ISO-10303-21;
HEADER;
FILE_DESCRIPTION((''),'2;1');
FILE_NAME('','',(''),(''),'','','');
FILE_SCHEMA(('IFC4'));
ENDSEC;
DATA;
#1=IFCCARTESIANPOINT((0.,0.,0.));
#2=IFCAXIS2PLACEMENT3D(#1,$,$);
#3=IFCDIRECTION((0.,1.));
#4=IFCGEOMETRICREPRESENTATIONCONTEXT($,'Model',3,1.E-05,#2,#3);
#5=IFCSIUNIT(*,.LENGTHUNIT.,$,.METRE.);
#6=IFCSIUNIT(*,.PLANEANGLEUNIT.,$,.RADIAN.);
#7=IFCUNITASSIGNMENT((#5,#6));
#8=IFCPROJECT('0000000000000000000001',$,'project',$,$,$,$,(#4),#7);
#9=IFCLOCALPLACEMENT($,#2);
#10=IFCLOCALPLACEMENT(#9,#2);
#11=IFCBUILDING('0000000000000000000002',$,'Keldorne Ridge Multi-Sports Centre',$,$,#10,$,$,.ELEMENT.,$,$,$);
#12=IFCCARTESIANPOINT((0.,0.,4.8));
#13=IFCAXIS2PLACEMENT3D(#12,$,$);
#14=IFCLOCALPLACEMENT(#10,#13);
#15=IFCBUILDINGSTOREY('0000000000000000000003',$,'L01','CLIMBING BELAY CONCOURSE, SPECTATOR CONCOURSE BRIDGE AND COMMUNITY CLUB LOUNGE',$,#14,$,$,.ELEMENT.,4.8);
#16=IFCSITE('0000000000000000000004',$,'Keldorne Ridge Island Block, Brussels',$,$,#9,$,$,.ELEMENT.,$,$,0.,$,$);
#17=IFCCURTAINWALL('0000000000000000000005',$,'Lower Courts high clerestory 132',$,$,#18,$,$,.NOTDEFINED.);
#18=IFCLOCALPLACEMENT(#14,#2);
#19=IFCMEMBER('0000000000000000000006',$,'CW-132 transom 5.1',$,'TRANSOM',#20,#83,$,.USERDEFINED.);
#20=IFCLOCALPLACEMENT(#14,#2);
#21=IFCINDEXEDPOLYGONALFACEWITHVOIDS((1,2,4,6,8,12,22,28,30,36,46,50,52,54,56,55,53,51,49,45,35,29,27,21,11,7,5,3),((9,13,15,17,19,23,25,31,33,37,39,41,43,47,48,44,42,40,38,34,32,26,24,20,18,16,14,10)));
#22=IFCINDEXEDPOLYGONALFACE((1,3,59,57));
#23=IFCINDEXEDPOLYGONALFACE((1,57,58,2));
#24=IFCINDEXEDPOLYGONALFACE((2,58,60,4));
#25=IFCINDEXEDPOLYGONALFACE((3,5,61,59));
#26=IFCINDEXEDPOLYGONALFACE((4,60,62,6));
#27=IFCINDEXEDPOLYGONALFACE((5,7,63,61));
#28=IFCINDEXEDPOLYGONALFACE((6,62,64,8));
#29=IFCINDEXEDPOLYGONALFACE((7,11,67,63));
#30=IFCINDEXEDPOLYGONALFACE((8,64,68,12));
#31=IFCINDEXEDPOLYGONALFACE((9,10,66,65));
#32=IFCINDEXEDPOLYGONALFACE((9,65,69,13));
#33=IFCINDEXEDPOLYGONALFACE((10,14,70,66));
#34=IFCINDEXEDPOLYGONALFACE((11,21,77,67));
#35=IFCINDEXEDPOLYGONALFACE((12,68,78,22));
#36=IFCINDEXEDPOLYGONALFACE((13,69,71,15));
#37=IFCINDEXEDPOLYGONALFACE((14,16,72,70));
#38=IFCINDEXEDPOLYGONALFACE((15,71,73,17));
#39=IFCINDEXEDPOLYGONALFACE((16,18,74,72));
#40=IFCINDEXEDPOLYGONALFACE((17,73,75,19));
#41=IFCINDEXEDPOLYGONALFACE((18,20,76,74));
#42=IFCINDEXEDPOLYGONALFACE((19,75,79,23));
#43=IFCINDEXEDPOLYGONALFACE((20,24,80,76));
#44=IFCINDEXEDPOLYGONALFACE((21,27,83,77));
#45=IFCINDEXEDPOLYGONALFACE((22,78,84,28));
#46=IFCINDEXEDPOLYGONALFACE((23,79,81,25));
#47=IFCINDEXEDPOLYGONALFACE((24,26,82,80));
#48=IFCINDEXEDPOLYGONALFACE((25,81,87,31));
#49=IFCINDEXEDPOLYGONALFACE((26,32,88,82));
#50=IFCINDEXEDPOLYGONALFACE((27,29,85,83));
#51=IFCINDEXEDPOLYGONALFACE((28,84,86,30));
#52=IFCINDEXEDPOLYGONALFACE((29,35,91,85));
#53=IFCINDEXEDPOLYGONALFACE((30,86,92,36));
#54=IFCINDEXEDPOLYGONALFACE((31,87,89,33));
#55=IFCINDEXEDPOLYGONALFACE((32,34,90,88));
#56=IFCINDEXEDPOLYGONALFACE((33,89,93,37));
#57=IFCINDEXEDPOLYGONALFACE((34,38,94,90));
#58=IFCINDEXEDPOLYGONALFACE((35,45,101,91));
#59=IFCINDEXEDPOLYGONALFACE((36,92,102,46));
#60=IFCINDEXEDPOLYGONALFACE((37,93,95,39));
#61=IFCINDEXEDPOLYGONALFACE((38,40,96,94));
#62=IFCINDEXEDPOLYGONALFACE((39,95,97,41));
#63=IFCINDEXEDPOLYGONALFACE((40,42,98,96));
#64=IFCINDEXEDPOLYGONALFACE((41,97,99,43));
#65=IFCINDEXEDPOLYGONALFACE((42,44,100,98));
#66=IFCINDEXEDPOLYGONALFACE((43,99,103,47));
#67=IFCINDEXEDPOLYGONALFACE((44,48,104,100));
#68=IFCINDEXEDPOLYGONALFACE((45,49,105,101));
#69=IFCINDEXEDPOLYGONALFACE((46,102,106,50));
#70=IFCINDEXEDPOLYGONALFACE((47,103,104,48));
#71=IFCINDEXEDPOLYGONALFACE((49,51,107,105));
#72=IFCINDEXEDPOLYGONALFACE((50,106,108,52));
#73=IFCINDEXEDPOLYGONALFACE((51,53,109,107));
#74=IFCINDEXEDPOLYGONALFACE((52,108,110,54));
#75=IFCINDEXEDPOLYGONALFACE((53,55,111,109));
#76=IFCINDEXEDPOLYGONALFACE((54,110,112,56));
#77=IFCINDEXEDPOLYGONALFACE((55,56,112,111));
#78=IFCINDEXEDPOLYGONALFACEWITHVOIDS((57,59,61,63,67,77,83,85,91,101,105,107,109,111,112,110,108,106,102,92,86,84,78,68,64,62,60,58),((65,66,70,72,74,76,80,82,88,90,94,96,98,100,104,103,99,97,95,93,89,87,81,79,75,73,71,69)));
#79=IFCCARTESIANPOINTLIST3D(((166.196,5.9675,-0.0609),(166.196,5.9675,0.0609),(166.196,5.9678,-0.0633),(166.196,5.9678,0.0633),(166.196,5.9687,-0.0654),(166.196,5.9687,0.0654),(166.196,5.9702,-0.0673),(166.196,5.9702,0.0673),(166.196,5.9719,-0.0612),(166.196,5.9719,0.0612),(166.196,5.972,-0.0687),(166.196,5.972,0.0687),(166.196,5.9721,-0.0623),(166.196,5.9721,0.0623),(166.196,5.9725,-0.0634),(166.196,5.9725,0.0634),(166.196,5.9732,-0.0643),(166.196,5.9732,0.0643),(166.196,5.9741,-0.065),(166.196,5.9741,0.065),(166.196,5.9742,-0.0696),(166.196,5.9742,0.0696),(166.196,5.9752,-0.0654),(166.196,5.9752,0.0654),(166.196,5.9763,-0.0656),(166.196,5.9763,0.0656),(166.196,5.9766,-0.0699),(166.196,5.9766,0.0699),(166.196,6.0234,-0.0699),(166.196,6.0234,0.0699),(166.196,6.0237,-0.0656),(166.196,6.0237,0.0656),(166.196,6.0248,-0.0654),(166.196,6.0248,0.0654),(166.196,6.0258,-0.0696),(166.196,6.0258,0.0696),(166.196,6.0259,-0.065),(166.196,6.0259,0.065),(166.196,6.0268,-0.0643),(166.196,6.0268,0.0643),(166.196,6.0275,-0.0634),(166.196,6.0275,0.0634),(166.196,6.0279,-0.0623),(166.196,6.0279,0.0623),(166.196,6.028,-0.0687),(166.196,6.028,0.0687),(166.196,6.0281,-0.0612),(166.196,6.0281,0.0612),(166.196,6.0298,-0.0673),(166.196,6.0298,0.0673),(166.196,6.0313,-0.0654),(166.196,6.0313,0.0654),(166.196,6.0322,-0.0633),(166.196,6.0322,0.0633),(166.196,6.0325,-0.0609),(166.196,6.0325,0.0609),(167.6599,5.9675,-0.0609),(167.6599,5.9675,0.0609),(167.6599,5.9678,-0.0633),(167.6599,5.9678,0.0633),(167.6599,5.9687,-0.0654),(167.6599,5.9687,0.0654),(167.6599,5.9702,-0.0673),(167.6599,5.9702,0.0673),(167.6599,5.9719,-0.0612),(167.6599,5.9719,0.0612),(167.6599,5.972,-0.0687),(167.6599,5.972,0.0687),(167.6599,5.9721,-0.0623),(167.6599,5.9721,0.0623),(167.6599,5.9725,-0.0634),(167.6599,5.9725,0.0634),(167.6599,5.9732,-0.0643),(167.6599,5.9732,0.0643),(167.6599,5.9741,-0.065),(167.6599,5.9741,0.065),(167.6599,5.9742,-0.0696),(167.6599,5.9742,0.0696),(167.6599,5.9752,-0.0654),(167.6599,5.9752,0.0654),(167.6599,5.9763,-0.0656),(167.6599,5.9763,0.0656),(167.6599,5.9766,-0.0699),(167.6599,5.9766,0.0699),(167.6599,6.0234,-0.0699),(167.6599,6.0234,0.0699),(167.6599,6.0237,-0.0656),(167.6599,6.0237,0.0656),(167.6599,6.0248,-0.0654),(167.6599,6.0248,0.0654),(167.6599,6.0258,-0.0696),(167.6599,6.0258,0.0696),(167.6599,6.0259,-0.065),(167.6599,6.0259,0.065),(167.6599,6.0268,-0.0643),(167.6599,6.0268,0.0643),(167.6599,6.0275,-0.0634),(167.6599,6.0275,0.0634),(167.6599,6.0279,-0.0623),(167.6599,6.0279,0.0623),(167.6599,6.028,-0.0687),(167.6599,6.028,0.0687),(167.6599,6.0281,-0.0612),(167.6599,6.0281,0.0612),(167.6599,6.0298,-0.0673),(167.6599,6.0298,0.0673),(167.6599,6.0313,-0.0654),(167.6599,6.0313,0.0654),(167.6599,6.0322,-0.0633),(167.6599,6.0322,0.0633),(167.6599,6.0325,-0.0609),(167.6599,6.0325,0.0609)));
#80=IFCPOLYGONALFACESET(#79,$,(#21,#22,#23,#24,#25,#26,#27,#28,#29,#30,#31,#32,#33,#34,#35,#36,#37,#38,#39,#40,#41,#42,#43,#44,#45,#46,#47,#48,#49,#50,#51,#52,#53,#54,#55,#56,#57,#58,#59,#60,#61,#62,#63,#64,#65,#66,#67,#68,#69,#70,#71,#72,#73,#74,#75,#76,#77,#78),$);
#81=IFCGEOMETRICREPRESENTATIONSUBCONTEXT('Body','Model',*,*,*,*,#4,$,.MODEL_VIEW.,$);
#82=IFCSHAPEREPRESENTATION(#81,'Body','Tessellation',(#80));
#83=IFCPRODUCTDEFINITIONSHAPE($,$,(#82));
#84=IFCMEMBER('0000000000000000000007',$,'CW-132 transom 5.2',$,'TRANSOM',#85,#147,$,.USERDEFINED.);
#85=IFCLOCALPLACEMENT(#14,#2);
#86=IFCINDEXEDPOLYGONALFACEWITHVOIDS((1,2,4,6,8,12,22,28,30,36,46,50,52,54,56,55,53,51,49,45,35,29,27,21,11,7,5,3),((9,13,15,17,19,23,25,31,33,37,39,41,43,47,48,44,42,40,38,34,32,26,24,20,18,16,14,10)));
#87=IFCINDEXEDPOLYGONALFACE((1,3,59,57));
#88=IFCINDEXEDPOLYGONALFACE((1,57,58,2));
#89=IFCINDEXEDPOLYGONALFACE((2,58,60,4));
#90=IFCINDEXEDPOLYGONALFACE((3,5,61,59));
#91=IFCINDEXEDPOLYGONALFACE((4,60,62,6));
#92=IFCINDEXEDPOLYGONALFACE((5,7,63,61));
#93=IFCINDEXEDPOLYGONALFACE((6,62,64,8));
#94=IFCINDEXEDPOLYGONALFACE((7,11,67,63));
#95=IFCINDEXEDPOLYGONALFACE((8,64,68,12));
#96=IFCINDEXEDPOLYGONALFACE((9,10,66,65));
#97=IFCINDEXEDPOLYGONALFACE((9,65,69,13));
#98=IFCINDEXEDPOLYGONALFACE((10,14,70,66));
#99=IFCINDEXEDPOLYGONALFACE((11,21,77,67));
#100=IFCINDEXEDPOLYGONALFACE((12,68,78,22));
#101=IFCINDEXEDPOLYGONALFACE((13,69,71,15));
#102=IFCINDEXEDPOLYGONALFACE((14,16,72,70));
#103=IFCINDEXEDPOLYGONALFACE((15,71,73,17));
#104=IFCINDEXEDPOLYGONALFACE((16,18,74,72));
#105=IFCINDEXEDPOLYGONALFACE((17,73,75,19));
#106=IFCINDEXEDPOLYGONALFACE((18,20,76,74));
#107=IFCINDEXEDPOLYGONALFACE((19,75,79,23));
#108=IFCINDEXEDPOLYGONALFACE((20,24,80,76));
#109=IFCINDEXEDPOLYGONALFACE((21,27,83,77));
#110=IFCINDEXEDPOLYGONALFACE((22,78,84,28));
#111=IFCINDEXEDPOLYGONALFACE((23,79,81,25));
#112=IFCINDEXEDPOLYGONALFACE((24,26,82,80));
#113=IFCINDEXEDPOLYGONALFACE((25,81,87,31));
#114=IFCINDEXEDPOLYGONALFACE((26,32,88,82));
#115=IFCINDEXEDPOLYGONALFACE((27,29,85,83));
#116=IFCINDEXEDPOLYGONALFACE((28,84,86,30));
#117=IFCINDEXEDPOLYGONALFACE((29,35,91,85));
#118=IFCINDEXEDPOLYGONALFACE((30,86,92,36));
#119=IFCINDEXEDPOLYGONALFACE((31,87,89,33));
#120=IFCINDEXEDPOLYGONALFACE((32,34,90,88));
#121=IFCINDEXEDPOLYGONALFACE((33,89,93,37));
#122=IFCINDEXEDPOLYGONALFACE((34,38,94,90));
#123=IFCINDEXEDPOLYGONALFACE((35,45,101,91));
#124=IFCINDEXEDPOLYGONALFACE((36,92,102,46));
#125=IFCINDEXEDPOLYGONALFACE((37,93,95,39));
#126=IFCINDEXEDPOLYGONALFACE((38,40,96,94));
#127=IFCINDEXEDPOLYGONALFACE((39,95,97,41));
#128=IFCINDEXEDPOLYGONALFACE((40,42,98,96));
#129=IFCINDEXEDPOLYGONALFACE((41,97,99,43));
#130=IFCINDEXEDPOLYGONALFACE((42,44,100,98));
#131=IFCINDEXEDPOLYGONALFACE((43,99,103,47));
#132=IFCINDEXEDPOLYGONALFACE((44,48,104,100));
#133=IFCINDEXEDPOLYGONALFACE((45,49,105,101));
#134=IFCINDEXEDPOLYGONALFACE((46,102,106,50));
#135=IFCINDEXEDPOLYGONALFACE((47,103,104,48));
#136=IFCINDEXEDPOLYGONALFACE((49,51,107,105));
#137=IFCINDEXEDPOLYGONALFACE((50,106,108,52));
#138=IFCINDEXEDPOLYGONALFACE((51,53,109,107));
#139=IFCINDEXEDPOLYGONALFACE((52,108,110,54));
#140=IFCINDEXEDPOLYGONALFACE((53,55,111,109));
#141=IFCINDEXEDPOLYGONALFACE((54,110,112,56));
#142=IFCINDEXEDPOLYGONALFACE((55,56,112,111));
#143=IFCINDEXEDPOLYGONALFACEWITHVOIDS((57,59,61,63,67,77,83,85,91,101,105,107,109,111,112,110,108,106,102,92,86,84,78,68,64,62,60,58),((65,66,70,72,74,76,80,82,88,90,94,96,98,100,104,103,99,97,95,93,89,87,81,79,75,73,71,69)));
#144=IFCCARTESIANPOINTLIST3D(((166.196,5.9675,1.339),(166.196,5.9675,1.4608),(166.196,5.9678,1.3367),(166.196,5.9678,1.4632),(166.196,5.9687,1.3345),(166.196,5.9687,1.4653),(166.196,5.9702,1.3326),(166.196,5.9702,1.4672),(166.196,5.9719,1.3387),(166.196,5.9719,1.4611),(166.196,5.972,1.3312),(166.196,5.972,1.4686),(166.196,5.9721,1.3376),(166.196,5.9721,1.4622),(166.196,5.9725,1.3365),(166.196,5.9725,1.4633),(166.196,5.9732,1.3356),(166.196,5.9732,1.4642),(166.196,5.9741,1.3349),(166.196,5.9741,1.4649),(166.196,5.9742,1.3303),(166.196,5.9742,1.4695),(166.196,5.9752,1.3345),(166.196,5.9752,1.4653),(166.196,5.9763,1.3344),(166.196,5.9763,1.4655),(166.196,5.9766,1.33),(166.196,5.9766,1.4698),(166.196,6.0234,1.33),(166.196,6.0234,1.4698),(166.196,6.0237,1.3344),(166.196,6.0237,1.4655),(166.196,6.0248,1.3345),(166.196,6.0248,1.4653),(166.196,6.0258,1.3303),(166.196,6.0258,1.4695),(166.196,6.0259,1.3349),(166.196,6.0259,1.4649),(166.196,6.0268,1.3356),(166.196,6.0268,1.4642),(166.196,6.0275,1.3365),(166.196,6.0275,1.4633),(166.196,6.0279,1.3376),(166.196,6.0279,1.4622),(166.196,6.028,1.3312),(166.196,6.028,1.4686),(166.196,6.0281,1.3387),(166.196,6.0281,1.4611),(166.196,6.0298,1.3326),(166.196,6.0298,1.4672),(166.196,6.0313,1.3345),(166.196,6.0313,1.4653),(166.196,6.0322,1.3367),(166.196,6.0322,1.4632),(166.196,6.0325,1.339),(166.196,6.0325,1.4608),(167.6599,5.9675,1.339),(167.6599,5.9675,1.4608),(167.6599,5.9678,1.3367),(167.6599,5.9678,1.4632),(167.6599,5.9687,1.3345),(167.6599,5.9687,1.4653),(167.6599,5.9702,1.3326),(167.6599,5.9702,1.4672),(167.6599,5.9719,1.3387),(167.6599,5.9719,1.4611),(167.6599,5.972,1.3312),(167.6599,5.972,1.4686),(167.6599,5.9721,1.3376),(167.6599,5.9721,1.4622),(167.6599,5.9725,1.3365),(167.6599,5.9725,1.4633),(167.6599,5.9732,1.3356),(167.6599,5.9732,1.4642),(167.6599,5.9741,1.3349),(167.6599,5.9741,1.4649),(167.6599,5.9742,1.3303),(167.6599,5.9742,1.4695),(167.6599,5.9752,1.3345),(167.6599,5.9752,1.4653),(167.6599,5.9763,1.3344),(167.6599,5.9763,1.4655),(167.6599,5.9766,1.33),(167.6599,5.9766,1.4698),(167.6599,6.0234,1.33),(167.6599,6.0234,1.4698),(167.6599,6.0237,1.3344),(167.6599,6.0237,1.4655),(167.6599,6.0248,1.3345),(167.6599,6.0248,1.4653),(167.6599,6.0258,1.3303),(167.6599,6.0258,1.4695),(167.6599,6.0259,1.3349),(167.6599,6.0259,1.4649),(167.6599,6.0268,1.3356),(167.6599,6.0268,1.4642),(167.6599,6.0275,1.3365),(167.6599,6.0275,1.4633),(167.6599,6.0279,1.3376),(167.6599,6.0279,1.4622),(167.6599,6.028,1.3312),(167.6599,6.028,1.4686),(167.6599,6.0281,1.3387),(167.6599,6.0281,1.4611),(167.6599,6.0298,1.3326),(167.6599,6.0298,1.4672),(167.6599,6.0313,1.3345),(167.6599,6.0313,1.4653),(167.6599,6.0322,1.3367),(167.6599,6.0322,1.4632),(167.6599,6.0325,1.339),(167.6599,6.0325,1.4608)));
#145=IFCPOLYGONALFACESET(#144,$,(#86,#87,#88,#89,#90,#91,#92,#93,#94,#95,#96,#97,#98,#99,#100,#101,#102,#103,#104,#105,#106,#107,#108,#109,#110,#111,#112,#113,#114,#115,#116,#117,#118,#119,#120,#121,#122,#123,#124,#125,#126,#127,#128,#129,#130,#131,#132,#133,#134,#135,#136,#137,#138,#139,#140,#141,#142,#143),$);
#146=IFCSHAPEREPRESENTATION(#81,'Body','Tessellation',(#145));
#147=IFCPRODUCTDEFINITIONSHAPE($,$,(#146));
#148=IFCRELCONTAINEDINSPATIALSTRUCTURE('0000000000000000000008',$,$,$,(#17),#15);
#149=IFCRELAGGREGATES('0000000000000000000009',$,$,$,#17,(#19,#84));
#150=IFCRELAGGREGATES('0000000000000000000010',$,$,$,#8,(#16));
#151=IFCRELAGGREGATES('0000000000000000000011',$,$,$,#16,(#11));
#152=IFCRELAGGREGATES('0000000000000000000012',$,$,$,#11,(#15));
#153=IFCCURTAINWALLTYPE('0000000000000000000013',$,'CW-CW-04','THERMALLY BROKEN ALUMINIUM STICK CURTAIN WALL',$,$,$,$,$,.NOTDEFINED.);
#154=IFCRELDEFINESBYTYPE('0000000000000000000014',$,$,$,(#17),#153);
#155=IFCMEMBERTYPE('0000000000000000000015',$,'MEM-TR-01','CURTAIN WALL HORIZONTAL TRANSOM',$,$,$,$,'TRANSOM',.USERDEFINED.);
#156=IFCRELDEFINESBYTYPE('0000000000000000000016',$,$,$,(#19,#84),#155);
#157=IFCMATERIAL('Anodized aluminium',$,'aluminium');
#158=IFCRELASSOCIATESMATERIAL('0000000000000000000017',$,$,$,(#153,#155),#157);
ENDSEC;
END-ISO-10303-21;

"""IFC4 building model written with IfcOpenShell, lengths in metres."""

from ifc_helpers import new_model, si_unit, direction, frame, origin, origin_2d, place, context, subcontext, project, spatial, hollow_rectangle, extrude, material, material_profile, profile_set, type_object, element, aggregate, save


model = new_model("IFC4")

# Units and contexts
model_context = context("Model", 3, precision=1e-05, world=origin(), true_north=direction((0.0, 1.0)))
body_context = subcontext(model_context, "Body", "Model", "MODEL_VIEW")
ifc_project = project(units=[si_unit("LENGTHUNIT", "METRE"), si_unit("PLANEANGLEUNIT", "RADIAN")], contexts=[model_context])

# Site, building, storey
site_placement = place(None, origin())
site = spatial("IfcSite", under=ifc_project, at=site_placement, Name="Keldorne Ridge Island Block, Brussels", CompositionType="ELEMENT", RefElevation=0.0)
building_placement = place(site_placement, origin())
building = spatial("IfcBuilding", under=site, at=building_placement, Name="Keldorne Ridge Multi-Sports Centre", CompositionType="ELEMENT")
storey_placement = place(building_placement, frame((0.0, 0.0, 4.8)))
storey = spatial("IfcBuildingStorey", under=building, at=storey_placement, Name="L01", Description="CLIMBING BELAY CONCOURSE, SPECTATOR CONCOURSE BRIDGE AND COMMUNITY CLUB LOUNGE", CompositionType="ELEMENT", Elevation=4.8)

# Curtain wall, members
ifc_material_1 = material(Name="Anodized aluminium", Category="aluminium")
curtain_wall_type = type_object("IfcCurtainWallType", Name="CW-CW-04", Description="THERMALLY BROKEN ALUMINIUM STICK CURTAIN WALL", PredefinedType="NOTDEFINED", material=ifc_material_1)
curtain_wall_placement = place(storey_placement, origin())
curtain_wall = element("IfcCurtainWall", 1, at=curtain_wall_placement, inside=storey, type_object=curtain_wall_type, Name="Lower Courts high clerestory 132", PredefinedType="NOTDEFINED")
ifc_material_profile_1 = material_profile(ifc_material_1, hollow_rectangle(XDim=0.0649, YDim=0.1399, WallThickness=0.0044, InnerFilletRadius=0.0044, OuterFilletRadius=0.009, at=origin_2d()), Name="ALU TRANSOM 140x65x4.5")
ifc_profile_set_1 = profile_set([ifc_material_profile_1], Name="Anodized aluminium")
member_type_1 = type_object("IfcMemberType", Name="MEM-TR-01", Description="CURTAIN WALL HORIZONTAL TRANSOM", ElementType="TRANSOM", PredefinedType="USERDEFINED", material=ifc_profile_set_1)
member_1_placement = place(storey_placement, frame((166.196, 6.0, 0.0), z_axis=(1.0, 0.0, 0.0), x_axis=(0.0, 1.0, 0.0)))
member_1 = element("IfcMember", 2, at=member_1_placement, type_object=member_type_1, Name="CW-132 transom 5.1", ObjectType="TRANSOM", PredefinedType="USERDEFINED", context=body_context, shape_type="SweptSolid", body=[
    extrude(hollow_rectangle(XDim=0.0649, YDim=0.1399, WallThickness=0.0044, InnerFilletRadius=0.0044, OuterFilletRadius=0.009, at=origin_2d()), origin(), (0.0, 0.0, 1.0), 1.4639),
])
member_2_placement = place(storey_placement, frame((166.196, 6.0, 1.3999), z_axis=(1.0, 0.0, 0.0), x_axis=(0.0, 1.0, 0.0)))
member_2 = element("IfcMember", 3, at=member_2_placement, type_object=member_type_1, Name="CW-132 transom 5.2", ObjectType="TRANSOM", PredefinedType="USERDEFINED", context=body_context, shape_type="SweptSolid", body=[
    extrude(hollow_rectangle(XDim=0.0649, YDim=0.1399, WallThickness=0.0044, InnerFilletRadius=0.0044, OuterFilletRadius=0.009, at=origin_2d()), origin(), (0.0, 0.0, 1.0), 1.4639),
])
aggregate(curtain_wall, [member_1, member_2])

save(model, "model.ifc")
